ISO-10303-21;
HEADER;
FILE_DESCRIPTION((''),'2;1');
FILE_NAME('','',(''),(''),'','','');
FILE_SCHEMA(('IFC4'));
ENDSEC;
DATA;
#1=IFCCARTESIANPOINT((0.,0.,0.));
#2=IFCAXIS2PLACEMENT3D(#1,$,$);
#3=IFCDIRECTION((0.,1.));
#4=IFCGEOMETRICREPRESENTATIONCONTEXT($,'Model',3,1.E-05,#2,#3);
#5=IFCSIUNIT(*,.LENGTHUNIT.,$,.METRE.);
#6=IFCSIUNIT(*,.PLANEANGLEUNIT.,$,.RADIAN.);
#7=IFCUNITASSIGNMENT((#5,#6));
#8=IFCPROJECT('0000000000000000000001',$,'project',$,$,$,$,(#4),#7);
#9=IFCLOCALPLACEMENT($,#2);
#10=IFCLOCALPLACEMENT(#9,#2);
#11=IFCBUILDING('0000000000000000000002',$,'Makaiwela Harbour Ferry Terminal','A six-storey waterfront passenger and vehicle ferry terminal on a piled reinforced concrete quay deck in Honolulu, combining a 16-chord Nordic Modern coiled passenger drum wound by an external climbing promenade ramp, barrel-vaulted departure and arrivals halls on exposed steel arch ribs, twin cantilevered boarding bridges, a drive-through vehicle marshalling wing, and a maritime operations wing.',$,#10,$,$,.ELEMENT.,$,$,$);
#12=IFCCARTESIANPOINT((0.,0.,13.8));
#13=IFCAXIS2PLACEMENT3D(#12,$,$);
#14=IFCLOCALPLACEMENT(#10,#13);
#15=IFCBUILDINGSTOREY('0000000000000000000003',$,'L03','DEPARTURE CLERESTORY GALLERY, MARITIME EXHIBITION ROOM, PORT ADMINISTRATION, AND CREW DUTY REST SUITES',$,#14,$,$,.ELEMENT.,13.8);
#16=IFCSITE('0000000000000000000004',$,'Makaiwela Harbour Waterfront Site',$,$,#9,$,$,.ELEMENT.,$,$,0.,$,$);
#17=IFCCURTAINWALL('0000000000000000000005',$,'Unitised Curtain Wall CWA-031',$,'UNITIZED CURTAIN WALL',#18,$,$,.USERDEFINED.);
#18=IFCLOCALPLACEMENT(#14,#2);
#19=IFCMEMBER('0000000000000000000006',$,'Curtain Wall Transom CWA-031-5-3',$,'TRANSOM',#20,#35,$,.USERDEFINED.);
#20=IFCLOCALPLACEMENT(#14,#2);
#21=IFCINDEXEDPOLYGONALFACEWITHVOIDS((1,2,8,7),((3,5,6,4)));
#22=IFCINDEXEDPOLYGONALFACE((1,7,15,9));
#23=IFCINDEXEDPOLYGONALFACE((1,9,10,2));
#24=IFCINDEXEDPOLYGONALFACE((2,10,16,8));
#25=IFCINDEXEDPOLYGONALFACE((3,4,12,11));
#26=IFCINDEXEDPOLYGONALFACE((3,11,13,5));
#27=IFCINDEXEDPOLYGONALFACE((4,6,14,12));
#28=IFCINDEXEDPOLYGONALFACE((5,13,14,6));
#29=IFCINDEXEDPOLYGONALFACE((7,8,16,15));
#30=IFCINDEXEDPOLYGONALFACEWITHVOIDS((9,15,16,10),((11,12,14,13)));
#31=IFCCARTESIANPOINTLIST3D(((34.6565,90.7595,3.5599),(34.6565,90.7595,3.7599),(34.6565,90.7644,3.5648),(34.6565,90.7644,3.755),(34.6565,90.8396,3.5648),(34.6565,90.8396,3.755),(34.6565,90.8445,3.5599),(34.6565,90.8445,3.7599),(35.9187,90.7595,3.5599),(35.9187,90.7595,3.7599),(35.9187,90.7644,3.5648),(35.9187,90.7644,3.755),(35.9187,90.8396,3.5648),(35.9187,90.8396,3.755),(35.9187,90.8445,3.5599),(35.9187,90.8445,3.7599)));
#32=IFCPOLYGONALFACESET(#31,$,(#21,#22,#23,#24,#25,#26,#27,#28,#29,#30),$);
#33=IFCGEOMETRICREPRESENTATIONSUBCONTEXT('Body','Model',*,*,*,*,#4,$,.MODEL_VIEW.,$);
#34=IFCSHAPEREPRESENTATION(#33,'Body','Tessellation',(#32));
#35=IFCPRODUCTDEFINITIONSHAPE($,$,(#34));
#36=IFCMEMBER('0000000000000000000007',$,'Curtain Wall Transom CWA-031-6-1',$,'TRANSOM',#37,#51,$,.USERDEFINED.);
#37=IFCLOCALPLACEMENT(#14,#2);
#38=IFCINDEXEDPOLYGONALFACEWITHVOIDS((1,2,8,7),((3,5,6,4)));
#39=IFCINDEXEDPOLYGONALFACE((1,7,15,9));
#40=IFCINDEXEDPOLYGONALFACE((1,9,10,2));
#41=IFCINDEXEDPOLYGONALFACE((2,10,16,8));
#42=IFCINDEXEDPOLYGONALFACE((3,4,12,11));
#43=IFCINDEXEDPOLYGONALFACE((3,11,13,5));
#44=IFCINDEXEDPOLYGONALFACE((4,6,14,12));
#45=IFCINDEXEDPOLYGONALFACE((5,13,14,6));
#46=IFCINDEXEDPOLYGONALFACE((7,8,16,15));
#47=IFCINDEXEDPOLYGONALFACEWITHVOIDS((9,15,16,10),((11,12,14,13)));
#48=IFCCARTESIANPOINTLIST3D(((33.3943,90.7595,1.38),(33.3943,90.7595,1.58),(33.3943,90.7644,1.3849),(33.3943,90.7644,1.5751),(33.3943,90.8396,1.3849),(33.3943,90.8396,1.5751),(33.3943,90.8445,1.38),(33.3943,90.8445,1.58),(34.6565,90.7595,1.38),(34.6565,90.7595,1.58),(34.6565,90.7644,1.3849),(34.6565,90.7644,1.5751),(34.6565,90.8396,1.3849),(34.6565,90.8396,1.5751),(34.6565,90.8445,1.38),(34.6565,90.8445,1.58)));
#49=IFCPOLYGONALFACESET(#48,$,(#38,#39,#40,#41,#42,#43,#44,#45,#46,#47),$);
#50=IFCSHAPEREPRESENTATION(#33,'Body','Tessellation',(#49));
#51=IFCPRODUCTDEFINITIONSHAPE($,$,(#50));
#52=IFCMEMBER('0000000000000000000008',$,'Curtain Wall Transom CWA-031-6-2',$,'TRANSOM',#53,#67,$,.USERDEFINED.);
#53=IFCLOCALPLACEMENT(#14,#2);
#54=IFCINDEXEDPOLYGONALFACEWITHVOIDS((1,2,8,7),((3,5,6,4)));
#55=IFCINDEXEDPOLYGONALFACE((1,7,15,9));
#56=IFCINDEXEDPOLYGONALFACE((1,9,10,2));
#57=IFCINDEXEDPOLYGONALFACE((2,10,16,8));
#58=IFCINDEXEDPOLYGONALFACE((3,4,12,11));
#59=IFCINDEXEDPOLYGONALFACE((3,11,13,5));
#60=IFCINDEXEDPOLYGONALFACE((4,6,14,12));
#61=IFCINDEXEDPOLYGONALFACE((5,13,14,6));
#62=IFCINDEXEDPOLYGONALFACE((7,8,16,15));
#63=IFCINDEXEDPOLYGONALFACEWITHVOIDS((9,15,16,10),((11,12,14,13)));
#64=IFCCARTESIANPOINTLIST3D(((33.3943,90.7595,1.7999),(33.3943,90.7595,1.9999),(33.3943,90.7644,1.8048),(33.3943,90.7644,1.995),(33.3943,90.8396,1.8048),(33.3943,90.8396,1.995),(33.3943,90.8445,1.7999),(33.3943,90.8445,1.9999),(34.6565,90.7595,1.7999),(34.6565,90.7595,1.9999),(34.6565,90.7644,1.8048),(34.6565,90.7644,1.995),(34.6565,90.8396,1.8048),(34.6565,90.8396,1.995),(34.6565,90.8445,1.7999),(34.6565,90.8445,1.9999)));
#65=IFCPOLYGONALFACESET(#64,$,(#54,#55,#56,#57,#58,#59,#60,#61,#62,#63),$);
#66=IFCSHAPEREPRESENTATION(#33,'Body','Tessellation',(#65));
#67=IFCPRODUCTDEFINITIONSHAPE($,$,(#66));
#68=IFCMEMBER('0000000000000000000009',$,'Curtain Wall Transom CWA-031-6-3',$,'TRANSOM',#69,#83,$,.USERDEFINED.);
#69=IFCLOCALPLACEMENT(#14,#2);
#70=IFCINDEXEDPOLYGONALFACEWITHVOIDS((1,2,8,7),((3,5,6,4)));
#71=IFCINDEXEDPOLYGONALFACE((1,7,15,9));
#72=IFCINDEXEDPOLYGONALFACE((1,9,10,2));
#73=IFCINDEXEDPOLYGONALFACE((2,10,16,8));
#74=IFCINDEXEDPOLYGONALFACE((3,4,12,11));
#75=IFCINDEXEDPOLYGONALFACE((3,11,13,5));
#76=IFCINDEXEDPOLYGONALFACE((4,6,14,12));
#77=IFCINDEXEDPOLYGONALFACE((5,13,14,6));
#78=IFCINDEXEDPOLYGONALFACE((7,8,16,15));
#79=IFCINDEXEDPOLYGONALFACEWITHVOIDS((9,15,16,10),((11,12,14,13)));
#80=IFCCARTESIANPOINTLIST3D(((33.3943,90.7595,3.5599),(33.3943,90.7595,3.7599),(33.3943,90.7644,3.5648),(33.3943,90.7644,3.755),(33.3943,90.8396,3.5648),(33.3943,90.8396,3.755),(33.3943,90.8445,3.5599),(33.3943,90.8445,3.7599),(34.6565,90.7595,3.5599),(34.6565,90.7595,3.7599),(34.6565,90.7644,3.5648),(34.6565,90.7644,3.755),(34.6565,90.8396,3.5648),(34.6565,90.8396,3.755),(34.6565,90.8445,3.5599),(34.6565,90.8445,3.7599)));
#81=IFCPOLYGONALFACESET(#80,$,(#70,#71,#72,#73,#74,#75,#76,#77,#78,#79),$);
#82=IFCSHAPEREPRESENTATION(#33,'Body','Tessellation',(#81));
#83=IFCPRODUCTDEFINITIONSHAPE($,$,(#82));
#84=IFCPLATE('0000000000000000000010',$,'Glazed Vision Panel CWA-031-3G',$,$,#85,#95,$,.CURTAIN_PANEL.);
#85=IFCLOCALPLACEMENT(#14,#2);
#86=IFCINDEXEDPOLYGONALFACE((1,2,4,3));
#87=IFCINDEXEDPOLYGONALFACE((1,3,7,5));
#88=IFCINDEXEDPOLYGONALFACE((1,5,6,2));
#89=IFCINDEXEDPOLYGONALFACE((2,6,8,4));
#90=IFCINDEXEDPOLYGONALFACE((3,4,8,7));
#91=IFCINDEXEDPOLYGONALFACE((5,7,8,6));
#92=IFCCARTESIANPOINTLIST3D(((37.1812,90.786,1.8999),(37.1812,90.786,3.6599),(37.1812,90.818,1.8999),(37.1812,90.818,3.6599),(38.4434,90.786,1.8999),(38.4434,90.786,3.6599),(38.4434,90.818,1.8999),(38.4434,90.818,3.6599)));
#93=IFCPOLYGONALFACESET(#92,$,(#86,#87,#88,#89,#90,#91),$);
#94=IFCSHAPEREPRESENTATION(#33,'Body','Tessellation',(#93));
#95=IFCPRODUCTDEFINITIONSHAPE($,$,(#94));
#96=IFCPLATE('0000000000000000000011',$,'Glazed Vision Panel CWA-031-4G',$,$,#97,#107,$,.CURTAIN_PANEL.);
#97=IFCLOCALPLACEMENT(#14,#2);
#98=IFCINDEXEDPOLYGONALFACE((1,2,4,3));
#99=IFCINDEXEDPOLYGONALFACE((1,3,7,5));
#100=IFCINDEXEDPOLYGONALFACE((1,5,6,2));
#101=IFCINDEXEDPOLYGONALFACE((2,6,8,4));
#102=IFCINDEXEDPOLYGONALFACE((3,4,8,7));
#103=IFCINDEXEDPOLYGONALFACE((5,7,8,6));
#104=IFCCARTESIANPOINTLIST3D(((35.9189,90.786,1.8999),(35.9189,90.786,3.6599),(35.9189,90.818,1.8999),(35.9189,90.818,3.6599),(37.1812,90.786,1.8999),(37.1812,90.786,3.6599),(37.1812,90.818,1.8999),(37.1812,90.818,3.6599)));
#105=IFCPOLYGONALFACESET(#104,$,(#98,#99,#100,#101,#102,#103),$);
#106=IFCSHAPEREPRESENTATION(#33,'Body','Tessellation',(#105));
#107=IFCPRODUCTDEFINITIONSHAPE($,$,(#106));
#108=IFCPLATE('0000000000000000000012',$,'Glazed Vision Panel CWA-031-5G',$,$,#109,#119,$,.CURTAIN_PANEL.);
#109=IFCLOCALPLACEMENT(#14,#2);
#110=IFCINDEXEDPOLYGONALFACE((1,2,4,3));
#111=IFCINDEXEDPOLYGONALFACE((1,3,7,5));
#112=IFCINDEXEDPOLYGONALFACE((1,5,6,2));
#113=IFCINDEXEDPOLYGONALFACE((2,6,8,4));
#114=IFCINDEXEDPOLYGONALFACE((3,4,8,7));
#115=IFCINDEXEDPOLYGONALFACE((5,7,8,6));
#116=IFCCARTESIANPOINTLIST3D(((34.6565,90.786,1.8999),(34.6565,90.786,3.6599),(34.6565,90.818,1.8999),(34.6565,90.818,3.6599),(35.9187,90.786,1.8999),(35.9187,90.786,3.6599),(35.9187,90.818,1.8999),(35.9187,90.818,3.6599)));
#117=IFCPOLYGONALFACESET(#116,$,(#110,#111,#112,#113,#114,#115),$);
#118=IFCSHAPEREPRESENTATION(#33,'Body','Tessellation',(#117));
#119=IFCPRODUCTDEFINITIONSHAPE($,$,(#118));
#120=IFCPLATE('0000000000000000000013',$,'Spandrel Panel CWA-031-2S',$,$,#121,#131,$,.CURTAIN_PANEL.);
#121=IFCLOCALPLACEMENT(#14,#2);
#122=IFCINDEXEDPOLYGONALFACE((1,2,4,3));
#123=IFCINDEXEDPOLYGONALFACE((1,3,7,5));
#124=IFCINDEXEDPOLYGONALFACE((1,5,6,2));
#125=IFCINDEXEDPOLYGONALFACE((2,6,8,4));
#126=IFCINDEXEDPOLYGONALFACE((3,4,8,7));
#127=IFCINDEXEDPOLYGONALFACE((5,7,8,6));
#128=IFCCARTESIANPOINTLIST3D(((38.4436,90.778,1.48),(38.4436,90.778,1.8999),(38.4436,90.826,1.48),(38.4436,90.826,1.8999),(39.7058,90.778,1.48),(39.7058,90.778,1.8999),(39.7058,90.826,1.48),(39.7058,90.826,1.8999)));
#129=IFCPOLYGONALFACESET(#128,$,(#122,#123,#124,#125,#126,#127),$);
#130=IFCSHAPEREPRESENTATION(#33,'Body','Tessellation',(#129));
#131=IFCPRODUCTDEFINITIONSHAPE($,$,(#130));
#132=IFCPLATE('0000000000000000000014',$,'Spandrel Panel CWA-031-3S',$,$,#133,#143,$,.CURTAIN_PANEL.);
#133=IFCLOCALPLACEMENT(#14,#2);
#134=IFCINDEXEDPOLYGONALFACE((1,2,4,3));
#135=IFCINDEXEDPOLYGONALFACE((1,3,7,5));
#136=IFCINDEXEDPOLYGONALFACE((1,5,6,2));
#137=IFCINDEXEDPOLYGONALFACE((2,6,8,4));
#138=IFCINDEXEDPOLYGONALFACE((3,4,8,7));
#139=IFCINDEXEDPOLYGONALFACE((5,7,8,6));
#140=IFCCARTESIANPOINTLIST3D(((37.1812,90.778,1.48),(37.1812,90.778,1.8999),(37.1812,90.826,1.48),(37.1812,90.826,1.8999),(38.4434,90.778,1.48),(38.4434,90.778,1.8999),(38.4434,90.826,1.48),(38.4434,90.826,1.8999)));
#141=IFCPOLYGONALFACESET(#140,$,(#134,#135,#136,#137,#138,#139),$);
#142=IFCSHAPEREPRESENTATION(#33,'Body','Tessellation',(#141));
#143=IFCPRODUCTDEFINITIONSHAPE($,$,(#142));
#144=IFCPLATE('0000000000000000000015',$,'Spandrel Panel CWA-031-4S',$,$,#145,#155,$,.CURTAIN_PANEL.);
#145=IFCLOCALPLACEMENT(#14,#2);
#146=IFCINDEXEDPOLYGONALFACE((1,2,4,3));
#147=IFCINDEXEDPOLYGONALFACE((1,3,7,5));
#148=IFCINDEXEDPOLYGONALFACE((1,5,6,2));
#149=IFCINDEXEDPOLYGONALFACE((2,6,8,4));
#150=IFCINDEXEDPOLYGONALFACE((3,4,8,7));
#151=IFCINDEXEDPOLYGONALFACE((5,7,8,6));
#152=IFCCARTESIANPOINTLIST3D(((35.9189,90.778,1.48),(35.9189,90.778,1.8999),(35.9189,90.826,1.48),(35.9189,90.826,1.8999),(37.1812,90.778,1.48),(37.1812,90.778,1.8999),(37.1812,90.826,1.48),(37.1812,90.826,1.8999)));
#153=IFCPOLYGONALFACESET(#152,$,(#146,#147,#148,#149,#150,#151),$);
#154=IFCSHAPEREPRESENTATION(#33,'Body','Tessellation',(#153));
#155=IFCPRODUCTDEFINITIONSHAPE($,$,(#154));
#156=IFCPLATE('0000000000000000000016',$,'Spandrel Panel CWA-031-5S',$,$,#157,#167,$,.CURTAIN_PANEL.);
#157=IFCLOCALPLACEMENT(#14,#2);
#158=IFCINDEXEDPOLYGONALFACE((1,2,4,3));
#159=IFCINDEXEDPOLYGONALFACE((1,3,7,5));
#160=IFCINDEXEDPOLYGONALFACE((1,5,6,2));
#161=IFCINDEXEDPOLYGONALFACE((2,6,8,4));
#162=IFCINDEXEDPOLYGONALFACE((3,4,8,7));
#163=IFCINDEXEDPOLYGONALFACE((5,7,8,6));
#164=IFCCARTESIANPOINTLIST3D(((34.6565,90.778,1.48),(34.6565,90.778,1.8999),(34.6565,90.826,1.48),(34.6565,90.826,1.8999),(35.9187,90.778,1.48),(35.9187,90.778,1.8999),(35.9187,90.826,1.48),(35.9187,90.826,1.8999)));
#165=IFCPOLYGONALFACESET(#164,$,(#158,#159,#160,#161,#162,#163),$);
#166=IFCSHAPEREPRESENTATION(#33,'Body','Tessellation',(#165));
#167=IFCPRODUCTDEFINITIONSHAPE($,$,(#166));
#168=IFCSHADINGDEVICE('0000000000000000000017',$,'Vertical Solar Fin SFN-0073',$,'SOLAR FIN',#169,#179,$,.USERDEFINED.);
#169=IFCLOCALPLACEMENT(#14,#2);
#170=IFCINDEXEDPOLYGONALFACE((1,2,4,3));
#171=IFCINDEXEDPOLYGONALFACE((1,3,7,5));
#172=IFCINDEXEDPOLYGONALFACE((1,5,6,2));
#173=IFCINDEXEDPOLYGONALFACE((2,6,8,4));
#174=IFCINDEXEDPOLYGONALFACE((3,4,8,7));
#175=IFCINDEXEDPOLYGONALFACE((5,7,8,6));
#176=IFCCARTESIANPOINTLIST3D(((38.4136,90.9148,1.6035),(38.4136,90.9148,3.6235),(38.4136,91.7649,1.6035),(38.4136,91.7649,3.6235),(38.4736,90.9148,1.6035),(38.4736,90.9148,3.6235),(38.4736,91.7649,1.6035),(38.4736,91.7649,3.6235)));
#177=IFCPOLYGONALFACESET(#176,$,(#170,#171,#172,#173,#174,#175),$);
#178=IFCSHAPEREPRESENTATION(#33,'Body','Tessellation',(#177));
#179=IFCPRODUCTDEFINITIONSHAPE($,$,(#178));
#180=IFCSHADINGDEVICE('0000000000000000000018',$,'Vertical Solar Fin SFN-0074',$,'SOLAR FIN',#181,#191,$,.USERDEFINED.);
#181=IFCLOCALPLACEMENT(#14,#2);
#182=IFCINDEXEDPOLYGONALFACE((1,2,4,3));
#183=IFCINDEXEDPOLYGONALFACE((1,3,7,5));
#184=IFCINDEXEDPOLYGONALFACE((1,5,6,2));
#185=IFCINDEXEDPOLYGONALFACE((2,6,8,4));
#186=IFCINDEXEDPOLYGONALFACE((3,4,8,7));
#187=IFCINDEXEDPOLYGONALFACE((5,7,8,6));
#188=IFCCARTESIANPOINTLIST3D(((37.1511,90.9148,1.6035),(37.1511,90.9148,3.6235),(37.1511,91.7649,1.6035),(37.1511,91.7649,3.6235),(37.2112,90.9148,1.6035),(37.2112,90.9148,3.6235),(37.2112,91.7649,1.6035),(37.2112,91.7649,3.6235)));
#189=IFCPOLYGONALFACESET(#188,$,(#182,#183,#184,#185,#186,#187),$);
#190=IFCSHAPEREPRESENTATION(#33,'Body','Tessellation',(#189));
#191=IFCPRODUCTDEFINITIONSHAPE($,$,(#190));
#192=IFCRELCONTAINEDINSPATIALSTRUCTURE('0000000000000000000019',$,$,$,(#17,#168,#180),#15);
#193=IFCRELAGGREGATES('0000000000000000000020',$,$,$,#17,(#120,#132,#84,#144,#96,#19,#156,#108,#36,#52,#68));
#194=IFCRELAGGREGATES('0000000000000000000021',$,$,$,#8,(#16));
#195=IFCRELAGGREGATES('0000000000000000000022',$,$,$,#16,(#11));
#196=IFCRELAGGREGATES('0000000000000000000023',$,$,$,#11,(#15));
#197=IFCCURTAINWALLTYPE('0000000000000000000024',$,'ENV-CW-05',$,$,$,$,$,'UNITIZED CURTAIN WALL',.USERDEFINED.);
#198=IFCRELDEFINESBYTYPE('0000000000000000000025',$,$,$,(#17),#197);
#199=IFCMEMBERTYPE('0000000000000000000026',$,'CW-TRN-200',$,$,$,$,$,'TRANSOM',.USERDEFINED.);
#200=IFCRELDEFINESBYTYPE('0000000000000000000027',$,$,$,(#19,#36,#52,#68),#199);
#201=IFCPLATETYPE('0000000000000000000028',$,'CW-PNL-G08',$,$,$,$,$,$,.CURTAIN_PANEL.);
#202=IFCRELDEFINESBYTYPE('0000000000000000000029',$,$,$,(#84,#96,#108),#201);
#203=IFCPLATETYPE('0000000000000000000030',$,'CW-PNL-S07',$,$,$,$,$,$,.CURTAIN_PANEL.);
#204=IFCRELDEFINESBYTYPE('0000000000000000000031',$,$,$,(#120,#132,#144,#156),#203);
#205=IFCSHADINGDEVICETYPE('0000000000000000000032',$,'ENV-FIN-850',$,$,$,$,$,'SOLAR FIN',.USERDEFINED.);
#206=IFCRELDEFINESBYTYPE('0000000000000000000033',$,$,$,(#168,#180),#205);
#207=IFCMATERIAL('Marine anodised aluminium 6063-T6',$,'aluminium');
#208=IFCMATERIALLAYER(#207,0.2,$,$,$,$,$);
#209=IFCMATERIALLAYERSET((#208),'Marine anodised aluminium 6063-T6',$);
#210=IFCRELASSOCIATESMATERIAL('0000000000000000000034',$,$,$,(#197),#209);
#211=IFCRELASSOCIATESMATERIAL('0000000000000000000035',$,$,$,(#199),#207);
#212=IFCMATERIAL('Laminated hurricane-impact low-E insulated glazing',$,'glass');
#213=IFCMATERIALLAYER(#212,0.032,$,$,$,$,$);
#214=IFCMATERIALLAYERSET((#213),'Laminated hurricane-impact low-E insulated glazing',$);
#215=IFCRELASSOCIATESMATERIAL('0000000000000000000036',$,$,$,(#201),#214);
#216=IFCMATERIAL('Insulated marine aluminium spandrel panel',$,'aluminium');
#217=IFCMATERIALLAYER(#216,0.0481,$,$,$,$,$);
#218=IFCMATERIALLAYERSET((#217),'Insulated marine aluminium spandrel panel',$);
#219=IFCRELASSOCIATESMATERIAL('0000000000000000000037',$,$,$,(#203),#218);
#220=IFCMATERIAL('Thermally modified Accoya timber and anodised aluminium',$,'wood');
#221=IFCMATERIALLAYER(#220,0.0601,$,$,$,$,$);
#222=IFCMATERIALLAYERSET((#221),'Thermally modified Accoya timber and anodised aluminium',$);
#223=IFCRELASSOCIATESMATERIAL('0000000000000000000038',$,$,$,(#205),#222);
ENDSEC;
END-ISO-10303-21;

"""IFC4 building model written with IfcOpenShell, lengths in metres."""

from ifc_helpers import new_model, si_unit, direction, frame, origin, origin_2d, place, context, subcontext, project, spatial, rectangle, hollow_rectangle, extrude, material, layer, layer_set, material_profile, profile_set, type_object, element, aggregate, save


model = new_model("IFC4")

# Units and contexts
model_context = context("Model", 3, precision=1e-05, world=origin(), true_north=direction((0.0, 1.0)))
body_context = subcontext(model_context, "Body", "Model", "MODEL_VIEW")
ifc_project = project(units=[si_unit("LENGTHUNIT", "METRE"), si_unit("PLANEANGLEUNIT", "RADIAN")], contexts=[model_context])

# Site, building, storey
site_placement = place(None, origin())
site = spatial("IfcSite", under=ifc_project, at=site_placement, Name="Makaiwela Harbour Waterfront Site", CompositionType="ELEMENT", RefElevation=0.0)
building_placement = place(site_placement, origin())
building = spatial("IfcBuilding", under=site, at=building_placement, Name="Makaiwela Harbour Ferry Terminal", Description="A six-storey waterfront passenger and vehicle ferry terminal on a piled reinforced concrete quay deck in Honolulu, combining a 16-chord Nordic Modern coiled passenger drum wound by an external climbing promenade ramp, barrel-vaulted departure and arrivals halls on exposed steel arch ribs, twin cantilevered boarding bridges, a drive-through vehicle marshalling wing, and a maritime operations wing.", CompositionType="ELEMENT")
storey_placement = place(building_placement, frame((0.0, 0.0, 13.8)))
storey = spatial("IfcBuildingStorey", under=building, at=storey_placement, Name="L03", Description="DEPARTURE CLERESTORY GALLERY, MARITIME EXHIBITION ROOM, PORT ADMINISTRATION, AND CREW DUTY REST SUITES", CompositionType="ELEMENT", Elevation=13.8)

# Curtain wall, members, plates
ifc_material_1 = material(Name="Marine anodised aluminium 6063-T6", Category="aluminium")
ifc_layer_1 = layer(ifc_material_1, 0.2)
ifc_layer_set_1 = layer_set([ifc_layer_1], Name="Marine anodised aluminium 6063-T6")
curtain_wall_type = type_object("IfcCurtainWallType", Name="ENV-CW-05", ElementType="UNITIZED CURTAIN WALL", PredefinedType="USERDEFINED", material=ifc_layer_set_1)
curtain_wall_placement = place(storey_placement, origin())
curtain_wall = element("IfcCurtainWall", 1, at=curtain_wall_placement, inside=storey, type_object=curtain_wall_type, Name="Unitised Curtain Wall CWA-031", ObjectType="UNITIZED CURTAIN WALL", PredefinedType="USERDEFINED")
ifc_material_profile_1 = material_profile(ifc_material_1, hollow_rectangle(XDim=0.085, YDim=0.2, WallThickness=0.0049, at=origin_2d()), Name="CWT-200X85")
ifc_profile_set_1 = profile_set([ifc_material_profile_1], Name="Marine anodised aluminium 6063-T6")
member_type_1 = type_object("IfcMemberType", Name="CW-TRN-200", ElementType="TRANSOM", PredefinedType="USERDEFINED", material=ifc_profile_set_1)
member_1_placement = place(storey_placement, frame((35.9187, 90.802, 3.6599), z_axis=(-1.0, 0.0, 0.0), x_axis=(0.0, -1.0, 0.0)))
member_1 = element("IfcMember", 2, at=member_1_placement, type_object=member_type_1, Name="Curtain Wall Transom CWA-031-5-3", ObjectType="TRANSOM", PredefinedType="USERDEFINED", context=body_context, shape_type="SweptSolid", body=[
    extrude(hollow_rectangle(XDim=0.085, YDim=0.2, WallThickness=0.0049, at=origin_2d()), origin(), (0.0, 0.0, 1.0), 1.2622),
])
member_2_placement = place(storey_placement, frame((34.6565, 90.802, 1.48), z_axis=(-1.0, 0.0, 0.0), x_axis=(0.0, -1.0, 0.0)))
member_2 = element("IfcMember", 3, at=member_2_placement, type_object=member_type_1, Name="Curtain Wall Transom CWA-031-6-1", ObjectType="TRANSOM", PredefinedType="USERDEFINED", context=body_context, shape_type="SweptSolid", body=[
    extrude(hollow_rectangle(XDim=0.085, YDim=0.2, WallThickness=0.0049, at=origin_2d()), origin(), (0.0, 0.0, 1.0), 1.2622),
])
member_3_placement = place(storey_placement, frame((34.6565, 90.802, 1.8999), z_axis=(-1.0, 0.0, 0.0), x_axis=(0.0, -1.0, 0.0)))
member_3 = element("IfcMember", 4, at=member_3_placement, type_object=member_type_1, Name="Curtain Wall Transom CWA-031-6-2", ObjectType="TRANSOM", PredefinedType="USERDEFINED", context=body_context, shape_type="SweptSolid", body=[
    extrude(hollow_rectangle(XDim=0.085, YDim=0.2, WallThickness=0.0049, at=origin_2d()), origin(), (0.0, 0.0, 1.0), 1.2622),
])
member_4_placement = place(storey_placement, frame((34.6565, 90.802, 3.6599), z_axis=(-1.0, 0.0, 0.0), x_axis=(0.0, -1.0, 0.0)))
member_4 = element("IfcMember", 5, at=member_4_placement, type_object=member_type_1, Name="Curtain Wall Transom CWA-031-6-3", ObjectType="TRANSOM", PredefinedType="USERDEFINED", context=body_context, shape_type="SweptSolid", body=[
    extrude(hollow_rectangle(XDim=0.085, YDim=0.2, WallThickness=0.0049, at=origin_2d()), origin(), (0.0, 0.0, 1.0), 1.2622),
])
ifc_material_2 = material(Name="Laminated hurricane-impact low-E insulated glazing", Category="glass")
ifc_layer_2 = layer(ifc_material_2, 0.032)
ifc_layer_set_2 = layer_set([ifc_layer_2], Name="Laminated hurricane-impact low-E insulated glazing")
plate_type_1 = type_object("IfcPlateType", Name="CW-PNL-G08", PredefinedType="CURTAIN_PANEL", material=ifc_layer_set_2)
plate_1_placement = place(storey_placement, frame((37.8123, 90.802, 1.8999), z_axis=(0.0, 0.0, 1.0), x_axis=(-1.0, 0.0, 0.0)))
plate_1 = element("IfcPlate", 6, at=plate_1_placement, type_object=plate_type_1, Name="Glazed Vision Panel CWA-031-3G", PredefinedType="CURTAIN_PANEL", context=body_context, shape_type="SweptSolid", body=[
    extrude(rectangle(XDim=1.2622, YDim=0.032, at=origin_2d()), origin(), (0.0, 0.0, 1.0), 1.76),
])
plate_2_placement = place(storey_placement, frame((36.55, 90.802, 1.8999), z_axis=(0.0, 0.0, 1.0), x_axis=(-1.0, 0.0, 0.0)))
plate_2 = element("IfcPlate", 7, at=plate_2_placement, type_object=plate_type_1, Name="Glazed Vision Panel CWA-031-4G", PredefinedType="CURTAIN_PANEL", context=body_context, shape_type="SweptSolid", body=[
    extrude(rectangle(XDim=1.2622, YDim=0.032, at=origin_2d()), origin(), (0.0, 0.0, 1.0), 1.76),
])
plate_3_placement = place(storey_placement, frame((35.2876, 90.802, 1.8999), z_axis=(0.0, 0.0, 1.0), x_axis=(-1.0, 0.0, 0.0)))
plate_3 = element("IfcPlate", 8, at=plate_3_placement, type_object=plate_type_1, Name="Glazed Vision Panel CWA-031-5G", PredefinedType="CURTAIN_PANEL", context=body_context, shape_type="SweptSolid", body=[
    extrude(rectangle(XDim=1.2622, YDim=0.032, at=origin_2d()), origin(), (0.0, 0.0, 1.0), 1.76),
])
ifc_material_3 = material(Name="Insulated marine aluminium spandrel panel", Category="aluminium")
ifc_layer_3 = layer(ifc_material_3, 0.0481)
ifc_layer_set_3 = layer_set([ifc_layer_3], Name="Insulated marine aluminium spandrel panel")
plate_type_2 = type_object("IfcPlateType", Name="CW-PNL-S07", PredefinedType="CURTAIN_PANEL", material=ifc_layer_set_3)
plate_4_placement = place(storey_placement, frame((39.0747, 90.802, 1.48), z_axis=(0.0, 0.0, 1.0), x_axis=(-1.0, 0.0, 0.0)))
plate_4 = element("IfcPlate", 9, at=plate_4_placement, type_object=plate_type_2, Name="Spandrel Panel CWA-031-2S", PredefinedType="CURTAIN_PANEL", context=body_context, shape_type="SweptSolid", body=[
    extrude(rectangle(XDim=1.2622, YDim=0.0481, at=origin_2d()), origin(), (0.0, 0.0, 1.0), 0.4199),
])
plate_5_placement = place(storey_placement, frame((37.8123, 90.802, 1.48), z_axis=(0.0, 0.0, 1.0), x_axis=(-1.0, 0.0, 0.0)))
plate_5 = element("IfcPlate", 10, at=plate_5_placement, type_object=plate_type_2, Name="Spandrel Panel CWA-031-3S", PredefinedType="CURTAIN_PANEL", context=body_context, shape_type="SweptSolid", body=[
    extrude(rectangle(XDim=1.2622, YDim=0.0481, at=origin_2d()), origin(), (0.0, 0.0, 1.0), 0.4199),
])
plate_6_placement = place(storey_placement, frame((36.55, 90.802, 1.48), z_axis=(0.0, 0.0, 1.0), x_axis=(-1.0, 0.0, 0.0)))
plate_6 = element("IfcPlate", 11, at=plate_6_placement, type_object=plate_type_2, Name="Spandrel Panel CWA-031-4S", PredefinedType="CURTAIN_PANEL", context=body_context, shape_type="SweptSolid", body=[
    extrude(rectangle(XDim=1.2622, YDim=0.0481, at=origin_2d()), origin(), (0.0, 0.0, 1.0), 0.4199),
])
plate_7_placement = place(storey_placement, frame((35.2876, 90.802, 1.48), z_axis=(0.0, 0.0, 1.0), x_axis=(-1.0, 0.0, 0.0)))
plate_7 = element("IfcPlate", 12, at=plate_7_placement, type_object=plate_type_2, Name="Spandrel Panel CWA-031-5S", PredefinedType="CURTAIN_PANEL", context=body_context, shape_type="SweptSolid", body=[
    extrude(rectangle(XDim=1.2622, YDim=0.0481, at=origin_2d()), origin(), (0.0, 0.0, 1.0), 0.4199),
])
aggregate(curtain_wall, [plate_4, plate_5, plate_1, plate_6, plate_2, member_1, plate_7, plate_3, member_2, member_3, member_4])

# Shading devices
ifc_material_4 = material(Name="Thermally modified Accoya timber and anodised aluminium", Category="wood")
ifc_layer_4 = layer(ifc_material_4, 0.0601)
ifc_layer_set_4 = layer_set([ifc_layer_4], Name="Thermally modified Accoya timber and anodised aluminium")
shading_device_type = type_object("IfcShadingDeviceType", Name="ENV-FIN-850", ElementType="SOLAR FIN", PredefinedType="USERDEFINED", material=ifc_layer_set_4)
for number, where, z_axis, x_axis, name in (
    (13, (38.4436, 91.3398, 1.6035), (0.0, 0.0, 1.0), (0.0, 1.0, 0.0), "Vertical Solar Fin SFN-0073"),
    (14, (37.1812, 91.3398, 1.6035), (0.0, 0.0, 1.0), (0.0, 1.0, 0.0), "Vertical Solar Fin SFN-0074"),
):
    element("IfcShadingDevice", number, at=place(storey_placement, frame(where, z_axis=z_axis, x_axis=x_axis)), inside=storey, type_object=shading_device_type, Name=name, ObjectType="SOLAR FIN", PredefinedType="USERDEFINED", context=body_context, shape_type="SweptSolid", body=[
        extrude(rectangle(XDim=0.8501, YDim=0.0601, at=origin_2d()), origin(), (0.0, 0.0, 1.0), 2.02),
    ])

save(model, "model.ifc")
